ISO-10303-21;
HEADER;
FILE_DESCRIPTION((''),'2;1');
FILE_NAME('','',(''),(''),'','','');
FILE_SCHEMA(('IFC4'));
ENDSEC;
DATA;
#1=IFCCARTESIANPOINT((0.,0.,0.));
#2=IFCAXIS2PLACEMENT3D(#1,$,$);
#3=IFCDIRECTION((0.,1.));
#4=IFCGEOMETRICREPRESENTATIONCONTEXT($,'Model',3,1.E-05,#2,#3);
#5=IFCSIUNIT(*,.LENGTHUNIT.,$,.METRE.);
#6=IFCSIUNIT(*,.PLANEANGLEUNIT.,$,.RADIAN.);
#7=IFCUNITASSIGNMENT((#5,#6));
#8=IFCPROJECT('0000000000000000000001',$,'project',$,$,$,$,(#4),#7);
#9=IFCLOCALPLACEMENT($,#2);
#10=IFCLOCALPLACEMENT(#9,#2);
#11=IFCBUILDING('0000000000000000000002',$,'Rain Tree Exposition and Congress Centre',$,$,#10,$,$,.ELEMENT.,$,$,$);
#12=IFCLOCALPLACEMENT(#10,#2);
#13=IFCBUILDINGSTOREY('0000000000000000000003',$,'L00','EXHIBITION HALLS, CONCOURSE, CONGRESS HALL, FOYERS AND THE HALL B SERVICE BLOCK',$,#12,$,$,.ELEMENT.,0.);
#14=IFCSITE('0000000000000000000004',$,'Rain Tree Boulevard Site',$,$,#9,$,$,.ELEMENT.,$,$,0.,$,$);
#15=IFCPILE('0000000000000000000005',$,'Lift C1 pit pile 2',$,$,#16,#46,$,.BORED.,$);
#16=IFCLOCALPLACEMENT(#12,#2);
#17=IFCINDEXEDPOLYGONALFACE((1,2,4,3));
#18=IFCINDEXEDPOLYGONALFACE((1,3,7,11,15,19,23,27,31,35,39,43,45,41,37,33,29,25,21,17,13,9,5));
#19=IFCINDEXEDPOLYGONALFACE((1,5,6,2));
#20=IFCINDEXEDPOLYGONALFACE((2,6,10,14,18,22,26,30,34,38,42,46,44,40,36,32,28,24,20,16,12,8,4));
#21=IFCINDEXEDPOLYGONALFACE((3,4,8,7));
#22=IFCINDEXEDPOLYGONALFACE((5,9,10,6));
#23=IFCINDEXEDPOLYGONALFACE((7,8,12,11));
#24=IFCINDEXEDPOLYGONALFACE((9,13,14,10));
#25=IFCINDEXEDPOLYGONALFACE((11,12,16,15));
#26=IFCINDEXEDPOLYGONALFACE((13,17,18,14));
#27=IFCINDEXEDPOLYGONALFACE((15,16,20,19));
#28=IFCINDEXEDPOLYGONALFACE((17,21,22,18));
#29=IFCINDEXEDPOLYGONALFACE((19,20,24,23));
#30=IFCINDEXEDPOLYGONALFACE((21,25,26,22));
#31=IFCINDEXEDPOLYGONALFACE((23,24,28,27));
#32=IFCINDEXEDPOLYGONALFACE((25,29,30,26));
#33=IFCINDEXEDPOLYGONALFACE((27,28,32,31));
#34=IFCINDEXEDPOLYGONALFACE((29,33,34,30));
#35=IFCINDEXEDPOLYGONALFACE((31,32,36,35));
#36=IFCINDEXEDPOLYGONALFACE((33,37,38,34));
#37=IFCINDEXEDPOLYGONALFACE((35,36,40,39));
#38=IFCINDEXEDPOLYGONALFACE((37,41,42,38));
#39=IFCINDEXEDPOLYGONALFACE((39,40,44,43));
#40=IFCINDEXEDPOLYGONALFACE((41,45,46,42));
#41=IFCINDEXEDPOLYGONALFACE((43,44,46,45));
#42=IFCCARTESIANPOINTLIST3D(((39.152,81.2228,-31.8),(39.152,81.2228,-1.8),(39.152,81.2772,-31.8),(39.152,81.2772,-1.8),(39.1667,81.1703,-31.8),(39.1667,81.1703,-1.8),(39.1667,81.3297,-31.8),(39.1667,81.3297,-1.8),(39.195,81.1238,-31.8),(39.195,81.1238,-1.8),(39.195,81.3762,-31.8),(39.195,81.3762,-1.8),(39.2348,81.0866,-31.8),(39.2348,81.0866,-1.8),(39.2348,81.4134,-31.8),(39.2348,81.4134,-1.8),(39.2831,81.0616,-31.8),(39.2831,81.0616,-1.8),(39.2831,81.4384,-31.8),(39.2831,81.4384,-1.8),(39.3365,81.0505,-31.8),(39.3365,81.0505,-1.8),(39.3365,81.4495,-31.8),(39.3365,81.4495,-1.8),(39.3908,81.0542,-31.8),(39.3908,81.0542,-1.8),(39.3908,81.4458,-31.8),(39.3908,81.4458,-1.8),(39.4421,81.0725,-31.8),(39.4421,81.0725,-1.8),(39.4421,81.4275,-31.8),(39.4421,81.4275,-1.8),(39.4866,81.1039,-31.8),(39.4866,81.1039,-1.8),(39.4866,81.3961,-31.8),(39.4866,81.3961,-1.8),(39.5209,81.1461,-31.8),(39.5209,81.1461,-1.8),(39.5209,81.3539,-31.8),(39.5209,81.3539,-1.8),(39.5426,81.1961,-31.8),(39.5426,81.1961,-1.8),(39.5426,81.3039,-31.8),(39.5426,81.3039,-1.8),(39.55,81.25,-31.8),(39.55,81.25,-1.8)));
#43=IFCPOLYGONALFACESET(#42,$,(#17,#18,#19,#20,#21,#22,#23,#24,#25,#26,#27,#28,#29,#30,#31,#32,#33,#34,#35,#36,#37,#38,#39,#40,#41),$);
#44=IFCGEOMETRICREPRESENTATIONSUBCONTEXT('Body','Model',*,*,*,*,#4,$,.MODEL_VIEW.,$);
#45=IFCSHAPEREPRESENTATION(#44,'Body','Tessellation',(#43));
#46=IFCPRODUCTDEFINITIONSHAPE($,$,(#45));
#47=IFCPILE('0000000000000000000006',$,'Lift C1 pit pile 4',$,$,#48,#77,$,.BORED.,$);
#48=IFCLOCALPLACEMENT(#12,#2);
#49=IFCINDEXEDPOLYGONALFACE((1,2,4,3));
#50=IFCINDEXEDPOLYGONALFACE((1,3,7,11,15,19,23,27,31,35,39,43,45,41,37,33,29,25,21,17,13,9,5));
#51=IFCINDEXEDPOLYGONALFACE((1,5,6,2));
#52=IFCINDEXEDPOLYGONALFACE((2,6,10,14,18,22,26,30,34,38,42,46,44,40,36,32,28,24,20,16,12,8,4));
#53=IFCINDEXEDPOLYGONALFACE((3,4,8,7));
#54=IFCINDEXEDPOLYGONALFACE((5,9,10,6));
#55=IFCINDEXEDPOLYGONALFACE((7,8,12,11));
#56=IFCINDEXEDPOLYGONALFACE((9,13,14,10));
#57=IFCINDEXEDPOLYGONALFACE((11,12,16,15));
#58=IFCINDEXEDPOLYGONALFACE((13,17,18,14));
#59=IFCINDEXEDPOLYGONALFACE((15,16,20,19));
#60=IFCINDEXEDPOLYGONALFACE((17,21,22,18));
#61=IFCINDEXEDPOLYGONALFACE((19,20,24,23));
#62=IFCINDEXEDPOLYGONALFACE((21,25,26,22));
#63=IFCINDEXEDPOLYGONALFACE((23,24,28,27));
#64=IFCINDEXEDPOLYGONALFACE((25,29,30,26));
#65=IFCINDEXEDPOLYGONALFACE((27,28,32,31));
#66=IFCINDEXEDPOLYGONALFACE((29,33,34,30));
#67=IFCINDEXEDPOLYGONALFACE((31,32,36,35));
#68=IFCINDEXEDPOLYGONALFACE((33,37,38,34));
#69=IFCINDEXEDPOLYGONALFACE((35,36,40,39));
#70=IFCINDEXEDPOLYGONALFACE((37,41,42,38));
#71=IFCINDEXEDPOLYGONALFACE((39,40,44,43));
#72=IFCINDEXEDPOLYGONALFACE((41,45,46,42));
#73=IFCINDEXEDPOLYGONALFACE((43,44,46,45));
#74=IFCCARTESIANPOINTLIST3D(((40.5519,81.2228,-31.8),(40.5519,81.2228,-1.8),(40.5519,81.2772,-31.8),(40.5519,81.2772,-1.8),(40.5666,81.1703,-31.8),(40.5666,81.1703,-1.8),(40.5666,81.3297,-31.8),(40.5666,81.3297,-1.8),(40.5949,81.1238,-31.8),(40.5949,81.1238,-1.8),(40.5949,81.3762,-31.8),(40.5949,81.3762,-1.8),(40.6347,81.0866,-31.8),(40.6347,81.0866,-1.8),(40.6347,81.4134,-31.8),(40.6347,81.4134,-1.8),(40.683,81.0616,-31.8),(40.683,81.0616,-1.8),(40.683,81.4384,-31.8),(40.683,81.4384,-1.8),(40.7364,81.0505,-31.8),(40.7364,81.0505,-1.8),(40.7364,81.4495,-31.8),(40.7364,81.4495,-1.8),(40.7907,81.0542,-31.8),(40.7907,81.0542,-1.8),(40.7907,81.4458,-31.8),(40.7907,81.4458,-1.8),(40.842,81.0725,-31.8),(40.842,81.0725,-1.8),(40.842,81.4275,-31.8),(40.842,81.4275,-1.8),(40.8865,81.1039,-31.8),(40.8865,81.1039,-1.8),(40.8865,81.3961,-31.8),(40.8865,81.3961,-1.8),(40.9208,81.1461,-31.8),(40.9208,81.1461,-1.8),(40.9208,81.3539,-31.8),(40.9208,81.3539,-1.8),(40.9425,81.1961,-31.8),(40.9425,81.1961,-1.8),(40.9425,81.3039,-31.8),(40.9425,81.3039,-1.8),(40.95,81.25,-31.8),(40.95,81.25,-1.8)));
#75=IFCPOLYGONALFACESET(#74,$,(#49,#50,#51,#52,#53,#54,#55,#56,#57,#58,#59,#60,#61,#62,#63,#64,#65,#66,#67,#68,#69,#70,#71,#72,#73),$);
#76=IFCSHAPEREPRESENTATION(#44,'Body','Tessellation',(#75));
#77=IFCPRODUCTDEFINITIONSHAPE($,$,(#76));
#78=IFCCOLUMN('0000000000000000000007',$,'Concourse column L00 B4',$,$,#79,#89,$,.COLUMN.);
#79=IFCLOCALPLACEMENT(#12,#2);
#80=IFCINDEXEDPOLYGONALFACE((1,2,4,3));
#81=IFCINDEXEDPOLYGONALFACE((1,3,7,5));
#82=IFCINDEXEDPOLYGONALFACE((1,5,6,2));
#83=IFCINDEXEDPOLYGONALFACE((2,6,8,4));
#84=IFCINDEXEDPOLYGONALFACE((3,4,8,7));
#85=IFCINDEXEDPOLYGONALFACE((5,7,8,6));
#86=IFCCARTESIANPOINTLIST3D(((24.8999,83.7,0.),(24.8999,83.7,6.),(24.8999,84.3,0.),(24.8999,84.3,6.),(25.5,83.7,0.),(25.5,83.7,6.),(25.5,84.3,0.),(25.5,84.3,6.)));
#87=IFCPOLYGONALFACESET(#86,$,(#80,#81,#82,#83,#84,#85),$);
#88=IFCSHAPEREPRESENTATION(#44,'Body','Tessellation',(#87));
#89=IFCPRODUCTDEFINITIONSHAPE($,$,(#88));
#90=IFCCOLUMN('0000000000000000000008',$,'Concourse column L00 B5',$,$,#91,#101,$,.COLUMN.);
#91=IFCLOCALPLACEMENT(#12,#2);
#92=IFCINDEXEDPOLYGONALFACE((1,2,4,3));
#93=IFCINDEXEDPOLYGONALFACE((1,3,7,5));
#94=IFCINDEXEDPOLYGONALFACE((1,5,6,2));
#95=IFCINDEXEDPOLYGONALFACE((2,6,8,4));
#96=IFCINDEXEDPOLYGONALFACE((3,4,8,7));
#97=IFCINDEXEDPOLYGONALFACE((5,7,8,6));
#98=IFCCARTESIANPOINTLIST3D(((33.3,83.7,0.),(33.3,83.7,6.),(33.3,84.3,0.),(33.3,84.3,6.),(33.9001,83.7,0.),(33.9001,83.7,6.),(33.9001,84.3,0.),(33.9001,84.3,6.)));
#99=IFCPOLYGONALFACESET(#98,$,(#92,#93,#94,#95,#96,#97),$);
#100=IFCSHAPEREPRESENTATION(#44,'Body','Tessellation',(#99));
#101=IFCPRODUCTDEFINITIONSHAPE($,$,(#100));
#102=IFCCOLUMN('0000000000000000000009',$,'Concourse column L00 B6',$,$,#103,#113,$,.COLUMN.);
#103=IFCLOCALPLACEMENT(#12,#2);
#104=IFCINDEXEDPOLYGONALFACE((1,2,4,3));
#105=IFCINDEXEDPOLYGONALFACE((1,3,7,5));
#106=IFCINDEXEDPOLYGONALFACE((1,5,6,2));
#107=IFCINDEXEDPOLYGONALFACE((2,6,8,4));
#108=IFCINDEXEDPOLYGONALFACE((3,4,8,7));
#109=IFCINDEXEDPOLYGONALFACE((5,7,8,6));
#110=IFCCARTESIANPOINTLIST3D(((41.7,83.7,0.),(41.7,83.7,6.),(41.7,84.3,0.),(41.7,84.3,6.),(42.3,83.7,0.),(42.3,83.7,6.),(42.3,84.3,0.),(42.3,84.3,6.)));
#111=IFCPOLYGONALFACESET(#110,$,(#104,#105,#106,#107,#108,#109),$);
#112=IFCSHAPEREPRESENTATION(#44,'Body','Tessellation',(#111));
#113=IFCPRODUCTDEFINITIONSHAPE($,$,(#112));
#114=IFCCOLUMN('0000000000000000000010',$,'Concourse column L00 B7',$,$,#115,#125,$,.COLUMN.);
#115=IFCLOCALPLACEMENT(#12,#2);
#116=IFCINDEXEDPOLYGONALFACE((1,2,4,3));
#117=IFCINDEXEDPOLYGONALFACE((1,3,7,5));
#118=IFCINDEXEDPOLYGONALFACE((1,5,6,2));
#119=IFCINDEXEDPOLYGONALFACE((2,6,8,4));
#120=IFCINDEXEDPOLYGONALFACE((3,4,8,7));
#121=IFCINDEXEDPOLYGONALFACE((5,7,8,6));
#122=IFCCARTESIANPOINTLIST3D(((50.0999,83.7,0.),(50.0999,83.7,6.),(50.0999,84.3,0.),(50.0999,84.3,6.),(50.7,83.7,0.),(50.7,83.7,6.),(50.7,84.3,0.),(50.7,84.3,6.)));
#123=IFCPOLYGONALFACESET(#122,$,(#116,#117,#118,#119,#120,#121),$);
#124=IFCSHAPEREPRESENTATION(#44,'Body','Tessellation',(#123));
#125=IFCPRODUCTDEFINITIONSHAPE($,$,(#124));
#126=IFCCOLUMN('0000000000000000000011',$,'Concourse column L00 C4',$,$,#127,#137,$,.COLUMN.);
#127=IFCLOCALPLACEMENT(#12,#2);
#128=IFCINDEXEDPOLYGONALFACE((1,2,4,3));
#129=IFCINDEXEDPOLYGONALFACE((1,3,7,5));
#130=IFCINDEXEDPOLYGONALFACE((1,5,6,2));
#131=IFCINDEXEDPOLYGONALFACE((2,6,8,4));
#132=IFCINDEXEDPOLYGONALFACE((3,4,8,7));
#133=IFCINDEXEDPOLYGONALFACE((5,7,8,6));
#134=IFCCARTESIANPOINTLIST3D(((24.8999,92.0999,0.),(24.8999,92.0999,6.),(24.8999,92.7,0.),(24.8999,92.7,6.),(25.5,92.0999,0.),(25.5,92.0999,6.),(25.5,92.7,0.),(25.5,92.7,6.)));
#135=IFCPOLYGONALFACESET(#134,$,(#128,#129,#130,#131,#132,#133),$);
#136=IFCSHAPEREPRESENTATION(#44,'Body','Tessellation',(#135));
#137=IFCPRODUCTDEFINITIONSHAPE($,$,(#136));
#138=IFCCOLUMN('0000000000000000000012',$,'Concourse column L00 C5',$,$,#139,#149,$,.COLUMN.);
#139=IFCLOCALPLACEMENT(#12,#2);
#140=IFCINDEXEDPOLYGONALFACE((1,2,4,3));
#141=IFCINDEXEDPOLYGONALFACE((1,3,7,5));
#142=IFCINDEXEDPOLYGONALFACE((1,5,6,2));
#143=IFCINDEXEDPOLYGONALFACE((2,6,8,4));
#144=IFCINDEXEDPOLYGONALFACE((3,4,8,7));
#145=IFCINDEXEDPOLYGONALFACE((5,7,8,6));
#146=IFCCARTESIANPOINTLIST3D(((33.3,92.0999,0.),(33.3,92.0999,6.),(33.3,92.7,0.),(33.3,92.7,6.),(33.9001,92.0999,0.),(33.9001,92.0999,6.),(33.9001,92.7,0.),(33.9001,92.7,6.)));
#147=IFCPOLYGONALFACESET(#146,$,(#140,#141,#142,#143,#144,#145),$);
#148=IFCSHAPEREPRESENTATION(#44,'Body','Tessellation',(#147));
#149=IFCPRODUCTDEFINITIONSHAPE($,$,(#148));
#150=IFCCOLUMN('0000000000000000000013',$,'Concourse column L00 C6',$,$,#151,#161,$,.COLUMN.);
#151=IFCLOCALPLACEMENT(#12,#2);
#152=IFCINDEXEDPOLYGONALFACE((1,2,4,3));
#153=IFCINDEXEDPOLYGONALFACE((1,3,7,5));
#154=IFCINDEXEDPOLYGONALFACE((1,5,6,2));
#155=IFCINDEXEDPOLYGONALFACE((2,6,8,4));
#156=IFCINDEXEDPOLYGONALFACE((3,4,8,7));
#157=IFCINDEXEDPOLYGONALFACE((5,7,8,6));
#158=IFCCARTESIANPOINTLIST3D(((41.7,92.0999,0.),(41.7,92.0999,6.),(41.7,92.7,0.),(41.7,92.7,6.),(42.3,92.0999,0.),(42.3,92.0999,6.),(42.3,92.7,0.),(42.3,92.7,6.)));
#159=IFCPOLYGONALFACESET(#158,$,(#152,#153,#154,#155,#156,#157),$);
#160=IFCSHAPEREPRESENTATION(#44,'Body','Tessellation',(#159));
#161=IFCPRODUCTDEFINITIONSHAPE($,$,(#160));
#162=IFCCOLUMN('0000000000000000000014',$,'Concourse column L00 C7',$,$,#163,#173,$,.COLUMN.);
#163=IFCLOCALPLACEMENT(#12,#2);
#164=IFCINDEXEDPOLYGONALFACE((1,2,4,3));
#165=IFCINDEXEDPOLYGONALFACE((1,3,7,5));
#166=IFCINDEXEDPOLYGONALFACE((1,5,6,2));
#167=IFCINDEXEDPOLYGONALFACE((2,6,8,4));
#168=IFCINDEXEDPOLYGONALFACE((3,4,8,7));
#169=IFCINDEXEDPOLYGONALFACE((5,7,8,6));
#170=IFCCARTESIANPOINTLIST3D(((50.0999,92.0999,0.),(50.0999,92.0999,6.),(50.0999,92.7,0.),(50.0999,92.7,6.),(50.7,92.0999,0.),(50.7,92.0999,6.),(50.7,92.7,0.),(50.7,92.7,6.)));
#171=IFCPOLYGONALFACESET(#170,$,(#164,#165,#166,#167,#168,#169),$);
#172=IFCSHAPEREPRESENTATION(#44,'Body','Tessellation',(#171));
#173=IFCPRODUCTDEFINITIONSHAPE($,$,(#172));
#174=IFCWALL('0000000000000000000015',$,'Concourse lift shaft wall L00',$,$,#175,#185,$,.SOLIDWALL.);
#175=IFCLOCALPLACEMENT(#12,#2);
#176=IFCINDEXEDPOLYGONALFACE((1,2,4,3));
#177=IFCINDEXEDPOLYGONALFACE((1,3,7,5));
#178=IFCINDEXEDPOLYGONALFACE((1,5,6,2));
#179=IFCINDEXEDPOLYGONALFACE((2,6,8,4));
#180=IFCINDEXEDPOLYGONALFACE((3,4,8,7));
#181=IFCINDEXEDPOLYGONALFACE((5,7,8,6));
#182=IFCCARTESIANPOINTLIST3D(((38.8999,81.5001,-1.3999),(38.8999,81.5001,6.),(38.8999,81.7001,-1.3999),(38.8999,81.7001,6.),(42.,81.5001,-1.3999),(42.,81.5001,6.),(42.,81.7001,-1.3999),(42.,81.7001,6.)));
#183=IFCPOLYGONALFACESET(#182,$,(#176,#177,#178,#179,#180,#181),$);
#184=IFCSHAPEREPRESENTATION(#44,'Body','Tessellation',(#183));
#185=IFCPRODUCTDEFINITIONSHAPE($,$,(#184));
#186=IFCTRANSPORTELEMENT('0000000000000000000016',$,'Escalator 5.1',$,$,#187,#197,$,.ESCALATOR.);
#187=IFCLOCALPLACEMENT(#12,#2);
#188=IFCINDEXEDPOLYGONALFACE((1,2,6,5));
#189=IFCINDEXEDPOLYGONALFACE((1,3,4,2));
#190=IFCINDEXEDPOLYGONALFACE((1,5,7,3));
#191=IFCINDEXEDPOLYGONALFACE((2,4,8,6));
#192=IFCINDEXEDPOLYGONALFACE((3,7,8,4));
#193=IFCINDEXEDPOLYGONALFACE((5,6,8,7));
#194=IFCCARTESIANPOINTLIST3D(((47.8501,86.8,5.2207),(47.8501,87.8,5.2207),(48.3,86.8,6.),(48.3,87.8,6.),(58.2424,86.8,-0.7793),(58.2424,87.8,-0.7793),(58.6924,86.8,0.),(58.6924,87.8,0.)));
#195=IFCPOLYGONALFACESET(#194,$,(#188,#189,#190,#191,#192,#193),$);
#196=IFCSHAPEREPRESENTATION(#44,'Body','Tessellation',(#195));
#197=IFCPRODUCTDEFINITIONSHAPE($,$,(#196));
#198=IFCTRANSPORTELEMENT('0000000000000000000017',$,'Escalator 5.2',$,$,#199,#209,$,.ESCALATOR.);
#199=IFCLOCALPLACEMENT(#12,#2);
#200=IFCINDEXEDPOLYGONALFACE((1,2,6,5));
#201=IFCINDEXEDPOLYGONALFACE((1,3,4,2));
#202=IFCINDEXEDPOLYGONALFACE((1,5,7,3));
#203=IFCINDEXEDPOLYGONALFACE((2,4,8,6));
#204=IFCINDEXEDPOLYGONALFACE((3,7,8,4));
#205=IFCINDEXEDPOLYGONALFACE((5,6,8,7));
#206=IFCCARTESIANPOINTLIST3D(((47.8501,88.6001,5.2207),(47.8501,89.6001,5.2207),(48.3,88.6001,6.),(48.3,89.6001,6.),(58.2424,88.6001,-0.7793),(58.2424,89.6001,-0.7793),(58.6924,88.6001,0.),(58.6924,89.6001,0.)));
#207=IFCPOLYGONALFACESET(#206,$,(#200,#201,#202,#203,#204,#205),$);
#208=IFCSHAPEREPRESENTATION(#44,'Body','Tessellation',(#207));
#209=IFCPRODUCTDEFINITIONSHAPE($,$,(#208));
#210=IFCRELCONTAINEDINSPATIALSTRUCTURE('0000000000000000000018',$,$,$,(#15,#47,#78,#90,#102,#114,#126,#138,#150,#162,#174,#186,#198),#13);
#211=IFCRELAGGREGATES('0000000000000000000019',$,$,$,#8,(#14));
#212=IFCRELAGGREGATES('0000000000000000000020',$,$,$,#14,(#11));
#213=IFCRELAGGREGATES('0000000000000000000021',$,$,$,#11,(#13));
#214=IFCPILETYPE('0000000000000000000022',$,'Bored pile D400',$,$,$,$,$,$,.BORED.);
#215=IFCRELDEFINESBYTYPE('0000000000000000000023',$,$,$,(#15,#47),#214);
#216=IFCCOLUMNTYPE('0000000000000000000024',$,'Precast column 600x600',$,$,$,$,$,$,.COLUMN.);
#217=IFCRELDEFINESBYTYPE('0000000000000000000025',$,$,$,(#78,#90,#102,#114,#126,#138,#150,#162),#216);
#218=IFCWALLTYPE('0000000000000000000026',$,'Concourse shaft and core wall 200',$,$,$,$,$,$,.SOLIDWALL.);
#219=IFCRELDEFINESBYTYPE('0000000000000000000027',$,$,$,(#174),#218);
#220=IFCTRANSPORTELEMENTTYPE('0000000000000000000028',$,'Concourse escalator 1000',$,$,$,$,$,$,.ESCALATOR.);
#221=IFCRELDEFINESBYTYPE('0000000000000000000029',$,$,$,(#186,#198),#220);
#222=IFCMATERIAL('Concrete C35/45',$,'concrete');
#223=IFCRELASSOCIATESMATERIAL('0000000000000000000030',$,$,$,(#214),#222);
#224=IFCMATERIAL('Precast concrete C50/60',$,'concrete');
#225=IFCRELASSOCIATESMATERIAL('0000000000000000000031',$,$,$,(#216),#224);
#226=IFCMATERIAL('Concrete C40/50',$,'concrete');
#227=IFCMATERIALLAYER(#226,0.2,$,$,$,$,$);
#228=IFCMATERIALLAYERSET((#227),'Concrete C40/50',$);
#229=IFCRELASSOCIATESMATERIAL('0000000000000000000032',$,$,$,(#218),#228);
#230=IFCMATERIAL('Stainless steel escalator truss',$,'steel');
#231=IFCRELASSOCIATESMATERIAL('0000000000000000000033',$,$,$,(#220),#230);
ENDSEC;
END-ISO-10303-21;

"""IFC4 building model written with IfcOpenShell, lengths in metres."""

from ifc_helpers import new_model, si_unit, direction, frame, frame_2d, origin, origin_2d, place, context, subcontext, project, spatial, polyline, rectangle, circle, outline, extrude, material, layer, layer_set, material_profile, profile_set, type_object, element, save


model = new_model("IFC4")

# Units and contexts
model_context = context("Model", 3, precision=1e-05, world=origin(), true_north=direction((0.0, 1.0)))
body_context = subcontext(model_context, "Body", "Model", "MODEL_VIEW")
ifc_project = project(units=[si_unit("LENGTHUNIT", "METRE"), si_unit("PLANEANGLEUNIT", "RADIAN")], contexts=[model_context])

# Site, building, storey
site_placement = place(None, origin())
site = spatial("IfcSite", under=ifc_project, at=site_placement, Name="Rain Tree Boulevard Site", CompositionType="ELEMENT", RefElevation=0.0)
building_placement = place(site_placement, origin())
building = spatial("IfcBuilding", under=site, at=building_placement, Name="Rain Tree Exposition and Congress Centre", CompositionType="ELEMENT")
storey_placement = place(building_placement, origin())
storey = spatial("IfcBuildingStorey", under=building, at=storey_placement, Name="L00", Description="EXHIBITION HALLS, CONCOURSE, CONGRESS HALL, FOYERS AND THE HALL B SERVICE BLOCK", CompositionType="ELEMENT", Elevation=0.0)

# Piles
ifc_material_1 = material(Name="Concrete C35/45", Category="concrete")
ifc_material_profile_1 = material_profile(ifc_material_1, circle(Radius=0.2, at=origin_2d()), Name="D400")
ifc_profile_set_1 = profile_set([ifc_material_profile_1], Name="Concrete C35/45")
pile_type = type_object("IfcPileType", Name="Bored pile D400", PredefinedType="BORED", material=ifc_profile_set_1)
for number, where, z_axis, x_axis, name in (
    (1, (39.3501, 81.25, -1.8), (0.0, 0.0, -1.0), (1.0, 0.0, 0.0), "Lift C1 pit pile 2"),
    (2, (40.75, 81.25, -1.8), (0.0, 0.0, -1.0), (1.0, 0.0, 0.0), "Lift C1 pit pile 4"),
):
    element("IfcPile", number, at=place(storey_placement, frame(where, z_axis=z_axis, x_axis=x_axis)), inside=storey, type_object=pile_type, Name=name, PredefinedType="BORED", context=body_context, shape_type="SweptSolid", body=[
        extrude(circle(Radius=0.2, at=origin_2d()), origin(), (0.0, 0.0, 1.0), 30.0),
    ])

# Columns
ifc_material_2 = material(Name="Precast concrete C50/60", Category="concrete")
ifc_material_profile_2 = material_profile(ifc_material_2, rectangle(XDim=0.6001, YDim=0.6001, at=origin_2d()), Name="RC 600x600")
ifc_profile_set_2 = profile_set([ifc_material_profile_2], Name="Precast concrete C50/60")
column_type = type_object("IfcColumnType", Name="Precast column 600x600", PredefinedType="COLUMN", material=ifc_profile_set_2)
for number, where, z_axis, x_axis, name in (
    (3, (25.2, 84.0, 0.0), (0.0, 0.0, 1.0), (1.0, 0.0, 0.0), "Concourse column L00 B4"),
    (4, (33.6001, 84.0, 0.0), (0.0, 0.0, 1.0), (1.0, 0.0, 0.0), "Concourse column L00 B5"),
    (5, (42.0, 84.0, 0.0), (0.0, 0.0, 1.0), (1.0, 0.0, 0.0), "Concourse column L00 B6"),
    (6, (50.3999, 84.0, 0.0), (0.0, 0.0, 1.0), (1.0, 0.0, 0.0), "Concourse column L00 B7"),
    (7, (25.2, 92.3999, 0.0), (0.0, 0.0, 1.0), (1.0, 0.0, 0.0), "Concourse column L00 C4"),
    (8, (33.6001, 92.3999, 0.0), (0.0, 0.0, 1.0), (1.0, 0.0, 0.0), "Concourse column L00 C5"),
    (9, (42.0, 92.3999, 0.0), (0.0, 0.0, 1.0), (1.0, 0.0, 0.0), "Concourse column L00 C6"),
    (10, (50.3999, 92.3999, 0.0), (0.0, 0.0, 1.0), (1.0, 0.0, 0.0), "Concourse column L00 C7"),
):
    element("IfcColumn", number, at=place(storey_placement, frame(where, z_axis=z_axis, x_axis=x_axis)), inside=storey, type_object=column_type, Name=name, PredefinedType="COLUMN", context=body_context, shape_type="SweptSolid", body=[
        extrude(rectangle(XDim=0.6001, YDim=0.6001, at=origin_2d()), origin(), (0.0, 0.0, 1.0), 6.0),
    ])

# Shared definitions
ifc_material_3 = material(Name="Concrete C40/50", Category="concrete")
ifc_layer_1 = layer(ifc_material_3, 0.2)
ifc_layer_set_1 = layer_set([ifc_layer_1], Name="Concrete C40/50")
wall_type_1 = type_object("IfcWallType", Name="Concourse shaft and core wall 200", PredefinedType="SOLIDWALL", material=ifc_layer_set_1)

# Wall
wall_1_placement = place(storey_placement, frame((38.8999, 81.6001, -1.3999), z_axis=(0.0, 0.0, 1.0), x_axis=(1.0, 0.0, 0.0)))
element("IfcWall", 11, at=wall_1_placement, inside=storey, type_object=wall_type_1, Name="Concourse lift shaft wall L00", PredefinedType="SOLIDWALL", context=body_context, shape_type="SweptSolid", body=[
    extrude(rectangle(XDim=3.1001, YDim=0.2, at=frame_2d((1.55, 0.0))), origin(), (0.0, 0.0, 1.0), 7.3999),
])

# Transport elements
ifc_material_4 = material(Name="Stainless steel escalator truss", Category="steel")
transport_element_type = type_object("IfcTransportElementType", Name="Concourse escalator 1000", PredefinedType="ESCALATOR", material=ifc_material_4)
for number, where, z_axis, x_axis, name in (
    (12, (48.3, 86.8, 6.0), (0.499999, 0.0, 0.866026), (0.866026, 0.0, -0.499999), "Escalator 5.1"),
    (13, (48.3, 88.6001, 6.0), (0.499999, 0.0, 0.866026), (0.866026, 0.0, -0.499999), "Escalator 5.2"),
):
    element("IfcTransportElement", number, at=place(storey_placement, frame(where, z_axis=z_axis, x_axis=x_axis)), inside=storey, type_object=transport_element_type, Name=name, PredefinedType="ESCALATOR", context=body_context, shape_type="SweptSolid", body=[
        extrude(outline(polyline([(0.0, 0.0), (12.0, 0.0), (12.0, 1.0), (0.0, 1.0), (0.0, 0.0)])), origin(), (0.0, 0.0, -1.0), 0.8999),
    ])

save(model, "model.ifc")
